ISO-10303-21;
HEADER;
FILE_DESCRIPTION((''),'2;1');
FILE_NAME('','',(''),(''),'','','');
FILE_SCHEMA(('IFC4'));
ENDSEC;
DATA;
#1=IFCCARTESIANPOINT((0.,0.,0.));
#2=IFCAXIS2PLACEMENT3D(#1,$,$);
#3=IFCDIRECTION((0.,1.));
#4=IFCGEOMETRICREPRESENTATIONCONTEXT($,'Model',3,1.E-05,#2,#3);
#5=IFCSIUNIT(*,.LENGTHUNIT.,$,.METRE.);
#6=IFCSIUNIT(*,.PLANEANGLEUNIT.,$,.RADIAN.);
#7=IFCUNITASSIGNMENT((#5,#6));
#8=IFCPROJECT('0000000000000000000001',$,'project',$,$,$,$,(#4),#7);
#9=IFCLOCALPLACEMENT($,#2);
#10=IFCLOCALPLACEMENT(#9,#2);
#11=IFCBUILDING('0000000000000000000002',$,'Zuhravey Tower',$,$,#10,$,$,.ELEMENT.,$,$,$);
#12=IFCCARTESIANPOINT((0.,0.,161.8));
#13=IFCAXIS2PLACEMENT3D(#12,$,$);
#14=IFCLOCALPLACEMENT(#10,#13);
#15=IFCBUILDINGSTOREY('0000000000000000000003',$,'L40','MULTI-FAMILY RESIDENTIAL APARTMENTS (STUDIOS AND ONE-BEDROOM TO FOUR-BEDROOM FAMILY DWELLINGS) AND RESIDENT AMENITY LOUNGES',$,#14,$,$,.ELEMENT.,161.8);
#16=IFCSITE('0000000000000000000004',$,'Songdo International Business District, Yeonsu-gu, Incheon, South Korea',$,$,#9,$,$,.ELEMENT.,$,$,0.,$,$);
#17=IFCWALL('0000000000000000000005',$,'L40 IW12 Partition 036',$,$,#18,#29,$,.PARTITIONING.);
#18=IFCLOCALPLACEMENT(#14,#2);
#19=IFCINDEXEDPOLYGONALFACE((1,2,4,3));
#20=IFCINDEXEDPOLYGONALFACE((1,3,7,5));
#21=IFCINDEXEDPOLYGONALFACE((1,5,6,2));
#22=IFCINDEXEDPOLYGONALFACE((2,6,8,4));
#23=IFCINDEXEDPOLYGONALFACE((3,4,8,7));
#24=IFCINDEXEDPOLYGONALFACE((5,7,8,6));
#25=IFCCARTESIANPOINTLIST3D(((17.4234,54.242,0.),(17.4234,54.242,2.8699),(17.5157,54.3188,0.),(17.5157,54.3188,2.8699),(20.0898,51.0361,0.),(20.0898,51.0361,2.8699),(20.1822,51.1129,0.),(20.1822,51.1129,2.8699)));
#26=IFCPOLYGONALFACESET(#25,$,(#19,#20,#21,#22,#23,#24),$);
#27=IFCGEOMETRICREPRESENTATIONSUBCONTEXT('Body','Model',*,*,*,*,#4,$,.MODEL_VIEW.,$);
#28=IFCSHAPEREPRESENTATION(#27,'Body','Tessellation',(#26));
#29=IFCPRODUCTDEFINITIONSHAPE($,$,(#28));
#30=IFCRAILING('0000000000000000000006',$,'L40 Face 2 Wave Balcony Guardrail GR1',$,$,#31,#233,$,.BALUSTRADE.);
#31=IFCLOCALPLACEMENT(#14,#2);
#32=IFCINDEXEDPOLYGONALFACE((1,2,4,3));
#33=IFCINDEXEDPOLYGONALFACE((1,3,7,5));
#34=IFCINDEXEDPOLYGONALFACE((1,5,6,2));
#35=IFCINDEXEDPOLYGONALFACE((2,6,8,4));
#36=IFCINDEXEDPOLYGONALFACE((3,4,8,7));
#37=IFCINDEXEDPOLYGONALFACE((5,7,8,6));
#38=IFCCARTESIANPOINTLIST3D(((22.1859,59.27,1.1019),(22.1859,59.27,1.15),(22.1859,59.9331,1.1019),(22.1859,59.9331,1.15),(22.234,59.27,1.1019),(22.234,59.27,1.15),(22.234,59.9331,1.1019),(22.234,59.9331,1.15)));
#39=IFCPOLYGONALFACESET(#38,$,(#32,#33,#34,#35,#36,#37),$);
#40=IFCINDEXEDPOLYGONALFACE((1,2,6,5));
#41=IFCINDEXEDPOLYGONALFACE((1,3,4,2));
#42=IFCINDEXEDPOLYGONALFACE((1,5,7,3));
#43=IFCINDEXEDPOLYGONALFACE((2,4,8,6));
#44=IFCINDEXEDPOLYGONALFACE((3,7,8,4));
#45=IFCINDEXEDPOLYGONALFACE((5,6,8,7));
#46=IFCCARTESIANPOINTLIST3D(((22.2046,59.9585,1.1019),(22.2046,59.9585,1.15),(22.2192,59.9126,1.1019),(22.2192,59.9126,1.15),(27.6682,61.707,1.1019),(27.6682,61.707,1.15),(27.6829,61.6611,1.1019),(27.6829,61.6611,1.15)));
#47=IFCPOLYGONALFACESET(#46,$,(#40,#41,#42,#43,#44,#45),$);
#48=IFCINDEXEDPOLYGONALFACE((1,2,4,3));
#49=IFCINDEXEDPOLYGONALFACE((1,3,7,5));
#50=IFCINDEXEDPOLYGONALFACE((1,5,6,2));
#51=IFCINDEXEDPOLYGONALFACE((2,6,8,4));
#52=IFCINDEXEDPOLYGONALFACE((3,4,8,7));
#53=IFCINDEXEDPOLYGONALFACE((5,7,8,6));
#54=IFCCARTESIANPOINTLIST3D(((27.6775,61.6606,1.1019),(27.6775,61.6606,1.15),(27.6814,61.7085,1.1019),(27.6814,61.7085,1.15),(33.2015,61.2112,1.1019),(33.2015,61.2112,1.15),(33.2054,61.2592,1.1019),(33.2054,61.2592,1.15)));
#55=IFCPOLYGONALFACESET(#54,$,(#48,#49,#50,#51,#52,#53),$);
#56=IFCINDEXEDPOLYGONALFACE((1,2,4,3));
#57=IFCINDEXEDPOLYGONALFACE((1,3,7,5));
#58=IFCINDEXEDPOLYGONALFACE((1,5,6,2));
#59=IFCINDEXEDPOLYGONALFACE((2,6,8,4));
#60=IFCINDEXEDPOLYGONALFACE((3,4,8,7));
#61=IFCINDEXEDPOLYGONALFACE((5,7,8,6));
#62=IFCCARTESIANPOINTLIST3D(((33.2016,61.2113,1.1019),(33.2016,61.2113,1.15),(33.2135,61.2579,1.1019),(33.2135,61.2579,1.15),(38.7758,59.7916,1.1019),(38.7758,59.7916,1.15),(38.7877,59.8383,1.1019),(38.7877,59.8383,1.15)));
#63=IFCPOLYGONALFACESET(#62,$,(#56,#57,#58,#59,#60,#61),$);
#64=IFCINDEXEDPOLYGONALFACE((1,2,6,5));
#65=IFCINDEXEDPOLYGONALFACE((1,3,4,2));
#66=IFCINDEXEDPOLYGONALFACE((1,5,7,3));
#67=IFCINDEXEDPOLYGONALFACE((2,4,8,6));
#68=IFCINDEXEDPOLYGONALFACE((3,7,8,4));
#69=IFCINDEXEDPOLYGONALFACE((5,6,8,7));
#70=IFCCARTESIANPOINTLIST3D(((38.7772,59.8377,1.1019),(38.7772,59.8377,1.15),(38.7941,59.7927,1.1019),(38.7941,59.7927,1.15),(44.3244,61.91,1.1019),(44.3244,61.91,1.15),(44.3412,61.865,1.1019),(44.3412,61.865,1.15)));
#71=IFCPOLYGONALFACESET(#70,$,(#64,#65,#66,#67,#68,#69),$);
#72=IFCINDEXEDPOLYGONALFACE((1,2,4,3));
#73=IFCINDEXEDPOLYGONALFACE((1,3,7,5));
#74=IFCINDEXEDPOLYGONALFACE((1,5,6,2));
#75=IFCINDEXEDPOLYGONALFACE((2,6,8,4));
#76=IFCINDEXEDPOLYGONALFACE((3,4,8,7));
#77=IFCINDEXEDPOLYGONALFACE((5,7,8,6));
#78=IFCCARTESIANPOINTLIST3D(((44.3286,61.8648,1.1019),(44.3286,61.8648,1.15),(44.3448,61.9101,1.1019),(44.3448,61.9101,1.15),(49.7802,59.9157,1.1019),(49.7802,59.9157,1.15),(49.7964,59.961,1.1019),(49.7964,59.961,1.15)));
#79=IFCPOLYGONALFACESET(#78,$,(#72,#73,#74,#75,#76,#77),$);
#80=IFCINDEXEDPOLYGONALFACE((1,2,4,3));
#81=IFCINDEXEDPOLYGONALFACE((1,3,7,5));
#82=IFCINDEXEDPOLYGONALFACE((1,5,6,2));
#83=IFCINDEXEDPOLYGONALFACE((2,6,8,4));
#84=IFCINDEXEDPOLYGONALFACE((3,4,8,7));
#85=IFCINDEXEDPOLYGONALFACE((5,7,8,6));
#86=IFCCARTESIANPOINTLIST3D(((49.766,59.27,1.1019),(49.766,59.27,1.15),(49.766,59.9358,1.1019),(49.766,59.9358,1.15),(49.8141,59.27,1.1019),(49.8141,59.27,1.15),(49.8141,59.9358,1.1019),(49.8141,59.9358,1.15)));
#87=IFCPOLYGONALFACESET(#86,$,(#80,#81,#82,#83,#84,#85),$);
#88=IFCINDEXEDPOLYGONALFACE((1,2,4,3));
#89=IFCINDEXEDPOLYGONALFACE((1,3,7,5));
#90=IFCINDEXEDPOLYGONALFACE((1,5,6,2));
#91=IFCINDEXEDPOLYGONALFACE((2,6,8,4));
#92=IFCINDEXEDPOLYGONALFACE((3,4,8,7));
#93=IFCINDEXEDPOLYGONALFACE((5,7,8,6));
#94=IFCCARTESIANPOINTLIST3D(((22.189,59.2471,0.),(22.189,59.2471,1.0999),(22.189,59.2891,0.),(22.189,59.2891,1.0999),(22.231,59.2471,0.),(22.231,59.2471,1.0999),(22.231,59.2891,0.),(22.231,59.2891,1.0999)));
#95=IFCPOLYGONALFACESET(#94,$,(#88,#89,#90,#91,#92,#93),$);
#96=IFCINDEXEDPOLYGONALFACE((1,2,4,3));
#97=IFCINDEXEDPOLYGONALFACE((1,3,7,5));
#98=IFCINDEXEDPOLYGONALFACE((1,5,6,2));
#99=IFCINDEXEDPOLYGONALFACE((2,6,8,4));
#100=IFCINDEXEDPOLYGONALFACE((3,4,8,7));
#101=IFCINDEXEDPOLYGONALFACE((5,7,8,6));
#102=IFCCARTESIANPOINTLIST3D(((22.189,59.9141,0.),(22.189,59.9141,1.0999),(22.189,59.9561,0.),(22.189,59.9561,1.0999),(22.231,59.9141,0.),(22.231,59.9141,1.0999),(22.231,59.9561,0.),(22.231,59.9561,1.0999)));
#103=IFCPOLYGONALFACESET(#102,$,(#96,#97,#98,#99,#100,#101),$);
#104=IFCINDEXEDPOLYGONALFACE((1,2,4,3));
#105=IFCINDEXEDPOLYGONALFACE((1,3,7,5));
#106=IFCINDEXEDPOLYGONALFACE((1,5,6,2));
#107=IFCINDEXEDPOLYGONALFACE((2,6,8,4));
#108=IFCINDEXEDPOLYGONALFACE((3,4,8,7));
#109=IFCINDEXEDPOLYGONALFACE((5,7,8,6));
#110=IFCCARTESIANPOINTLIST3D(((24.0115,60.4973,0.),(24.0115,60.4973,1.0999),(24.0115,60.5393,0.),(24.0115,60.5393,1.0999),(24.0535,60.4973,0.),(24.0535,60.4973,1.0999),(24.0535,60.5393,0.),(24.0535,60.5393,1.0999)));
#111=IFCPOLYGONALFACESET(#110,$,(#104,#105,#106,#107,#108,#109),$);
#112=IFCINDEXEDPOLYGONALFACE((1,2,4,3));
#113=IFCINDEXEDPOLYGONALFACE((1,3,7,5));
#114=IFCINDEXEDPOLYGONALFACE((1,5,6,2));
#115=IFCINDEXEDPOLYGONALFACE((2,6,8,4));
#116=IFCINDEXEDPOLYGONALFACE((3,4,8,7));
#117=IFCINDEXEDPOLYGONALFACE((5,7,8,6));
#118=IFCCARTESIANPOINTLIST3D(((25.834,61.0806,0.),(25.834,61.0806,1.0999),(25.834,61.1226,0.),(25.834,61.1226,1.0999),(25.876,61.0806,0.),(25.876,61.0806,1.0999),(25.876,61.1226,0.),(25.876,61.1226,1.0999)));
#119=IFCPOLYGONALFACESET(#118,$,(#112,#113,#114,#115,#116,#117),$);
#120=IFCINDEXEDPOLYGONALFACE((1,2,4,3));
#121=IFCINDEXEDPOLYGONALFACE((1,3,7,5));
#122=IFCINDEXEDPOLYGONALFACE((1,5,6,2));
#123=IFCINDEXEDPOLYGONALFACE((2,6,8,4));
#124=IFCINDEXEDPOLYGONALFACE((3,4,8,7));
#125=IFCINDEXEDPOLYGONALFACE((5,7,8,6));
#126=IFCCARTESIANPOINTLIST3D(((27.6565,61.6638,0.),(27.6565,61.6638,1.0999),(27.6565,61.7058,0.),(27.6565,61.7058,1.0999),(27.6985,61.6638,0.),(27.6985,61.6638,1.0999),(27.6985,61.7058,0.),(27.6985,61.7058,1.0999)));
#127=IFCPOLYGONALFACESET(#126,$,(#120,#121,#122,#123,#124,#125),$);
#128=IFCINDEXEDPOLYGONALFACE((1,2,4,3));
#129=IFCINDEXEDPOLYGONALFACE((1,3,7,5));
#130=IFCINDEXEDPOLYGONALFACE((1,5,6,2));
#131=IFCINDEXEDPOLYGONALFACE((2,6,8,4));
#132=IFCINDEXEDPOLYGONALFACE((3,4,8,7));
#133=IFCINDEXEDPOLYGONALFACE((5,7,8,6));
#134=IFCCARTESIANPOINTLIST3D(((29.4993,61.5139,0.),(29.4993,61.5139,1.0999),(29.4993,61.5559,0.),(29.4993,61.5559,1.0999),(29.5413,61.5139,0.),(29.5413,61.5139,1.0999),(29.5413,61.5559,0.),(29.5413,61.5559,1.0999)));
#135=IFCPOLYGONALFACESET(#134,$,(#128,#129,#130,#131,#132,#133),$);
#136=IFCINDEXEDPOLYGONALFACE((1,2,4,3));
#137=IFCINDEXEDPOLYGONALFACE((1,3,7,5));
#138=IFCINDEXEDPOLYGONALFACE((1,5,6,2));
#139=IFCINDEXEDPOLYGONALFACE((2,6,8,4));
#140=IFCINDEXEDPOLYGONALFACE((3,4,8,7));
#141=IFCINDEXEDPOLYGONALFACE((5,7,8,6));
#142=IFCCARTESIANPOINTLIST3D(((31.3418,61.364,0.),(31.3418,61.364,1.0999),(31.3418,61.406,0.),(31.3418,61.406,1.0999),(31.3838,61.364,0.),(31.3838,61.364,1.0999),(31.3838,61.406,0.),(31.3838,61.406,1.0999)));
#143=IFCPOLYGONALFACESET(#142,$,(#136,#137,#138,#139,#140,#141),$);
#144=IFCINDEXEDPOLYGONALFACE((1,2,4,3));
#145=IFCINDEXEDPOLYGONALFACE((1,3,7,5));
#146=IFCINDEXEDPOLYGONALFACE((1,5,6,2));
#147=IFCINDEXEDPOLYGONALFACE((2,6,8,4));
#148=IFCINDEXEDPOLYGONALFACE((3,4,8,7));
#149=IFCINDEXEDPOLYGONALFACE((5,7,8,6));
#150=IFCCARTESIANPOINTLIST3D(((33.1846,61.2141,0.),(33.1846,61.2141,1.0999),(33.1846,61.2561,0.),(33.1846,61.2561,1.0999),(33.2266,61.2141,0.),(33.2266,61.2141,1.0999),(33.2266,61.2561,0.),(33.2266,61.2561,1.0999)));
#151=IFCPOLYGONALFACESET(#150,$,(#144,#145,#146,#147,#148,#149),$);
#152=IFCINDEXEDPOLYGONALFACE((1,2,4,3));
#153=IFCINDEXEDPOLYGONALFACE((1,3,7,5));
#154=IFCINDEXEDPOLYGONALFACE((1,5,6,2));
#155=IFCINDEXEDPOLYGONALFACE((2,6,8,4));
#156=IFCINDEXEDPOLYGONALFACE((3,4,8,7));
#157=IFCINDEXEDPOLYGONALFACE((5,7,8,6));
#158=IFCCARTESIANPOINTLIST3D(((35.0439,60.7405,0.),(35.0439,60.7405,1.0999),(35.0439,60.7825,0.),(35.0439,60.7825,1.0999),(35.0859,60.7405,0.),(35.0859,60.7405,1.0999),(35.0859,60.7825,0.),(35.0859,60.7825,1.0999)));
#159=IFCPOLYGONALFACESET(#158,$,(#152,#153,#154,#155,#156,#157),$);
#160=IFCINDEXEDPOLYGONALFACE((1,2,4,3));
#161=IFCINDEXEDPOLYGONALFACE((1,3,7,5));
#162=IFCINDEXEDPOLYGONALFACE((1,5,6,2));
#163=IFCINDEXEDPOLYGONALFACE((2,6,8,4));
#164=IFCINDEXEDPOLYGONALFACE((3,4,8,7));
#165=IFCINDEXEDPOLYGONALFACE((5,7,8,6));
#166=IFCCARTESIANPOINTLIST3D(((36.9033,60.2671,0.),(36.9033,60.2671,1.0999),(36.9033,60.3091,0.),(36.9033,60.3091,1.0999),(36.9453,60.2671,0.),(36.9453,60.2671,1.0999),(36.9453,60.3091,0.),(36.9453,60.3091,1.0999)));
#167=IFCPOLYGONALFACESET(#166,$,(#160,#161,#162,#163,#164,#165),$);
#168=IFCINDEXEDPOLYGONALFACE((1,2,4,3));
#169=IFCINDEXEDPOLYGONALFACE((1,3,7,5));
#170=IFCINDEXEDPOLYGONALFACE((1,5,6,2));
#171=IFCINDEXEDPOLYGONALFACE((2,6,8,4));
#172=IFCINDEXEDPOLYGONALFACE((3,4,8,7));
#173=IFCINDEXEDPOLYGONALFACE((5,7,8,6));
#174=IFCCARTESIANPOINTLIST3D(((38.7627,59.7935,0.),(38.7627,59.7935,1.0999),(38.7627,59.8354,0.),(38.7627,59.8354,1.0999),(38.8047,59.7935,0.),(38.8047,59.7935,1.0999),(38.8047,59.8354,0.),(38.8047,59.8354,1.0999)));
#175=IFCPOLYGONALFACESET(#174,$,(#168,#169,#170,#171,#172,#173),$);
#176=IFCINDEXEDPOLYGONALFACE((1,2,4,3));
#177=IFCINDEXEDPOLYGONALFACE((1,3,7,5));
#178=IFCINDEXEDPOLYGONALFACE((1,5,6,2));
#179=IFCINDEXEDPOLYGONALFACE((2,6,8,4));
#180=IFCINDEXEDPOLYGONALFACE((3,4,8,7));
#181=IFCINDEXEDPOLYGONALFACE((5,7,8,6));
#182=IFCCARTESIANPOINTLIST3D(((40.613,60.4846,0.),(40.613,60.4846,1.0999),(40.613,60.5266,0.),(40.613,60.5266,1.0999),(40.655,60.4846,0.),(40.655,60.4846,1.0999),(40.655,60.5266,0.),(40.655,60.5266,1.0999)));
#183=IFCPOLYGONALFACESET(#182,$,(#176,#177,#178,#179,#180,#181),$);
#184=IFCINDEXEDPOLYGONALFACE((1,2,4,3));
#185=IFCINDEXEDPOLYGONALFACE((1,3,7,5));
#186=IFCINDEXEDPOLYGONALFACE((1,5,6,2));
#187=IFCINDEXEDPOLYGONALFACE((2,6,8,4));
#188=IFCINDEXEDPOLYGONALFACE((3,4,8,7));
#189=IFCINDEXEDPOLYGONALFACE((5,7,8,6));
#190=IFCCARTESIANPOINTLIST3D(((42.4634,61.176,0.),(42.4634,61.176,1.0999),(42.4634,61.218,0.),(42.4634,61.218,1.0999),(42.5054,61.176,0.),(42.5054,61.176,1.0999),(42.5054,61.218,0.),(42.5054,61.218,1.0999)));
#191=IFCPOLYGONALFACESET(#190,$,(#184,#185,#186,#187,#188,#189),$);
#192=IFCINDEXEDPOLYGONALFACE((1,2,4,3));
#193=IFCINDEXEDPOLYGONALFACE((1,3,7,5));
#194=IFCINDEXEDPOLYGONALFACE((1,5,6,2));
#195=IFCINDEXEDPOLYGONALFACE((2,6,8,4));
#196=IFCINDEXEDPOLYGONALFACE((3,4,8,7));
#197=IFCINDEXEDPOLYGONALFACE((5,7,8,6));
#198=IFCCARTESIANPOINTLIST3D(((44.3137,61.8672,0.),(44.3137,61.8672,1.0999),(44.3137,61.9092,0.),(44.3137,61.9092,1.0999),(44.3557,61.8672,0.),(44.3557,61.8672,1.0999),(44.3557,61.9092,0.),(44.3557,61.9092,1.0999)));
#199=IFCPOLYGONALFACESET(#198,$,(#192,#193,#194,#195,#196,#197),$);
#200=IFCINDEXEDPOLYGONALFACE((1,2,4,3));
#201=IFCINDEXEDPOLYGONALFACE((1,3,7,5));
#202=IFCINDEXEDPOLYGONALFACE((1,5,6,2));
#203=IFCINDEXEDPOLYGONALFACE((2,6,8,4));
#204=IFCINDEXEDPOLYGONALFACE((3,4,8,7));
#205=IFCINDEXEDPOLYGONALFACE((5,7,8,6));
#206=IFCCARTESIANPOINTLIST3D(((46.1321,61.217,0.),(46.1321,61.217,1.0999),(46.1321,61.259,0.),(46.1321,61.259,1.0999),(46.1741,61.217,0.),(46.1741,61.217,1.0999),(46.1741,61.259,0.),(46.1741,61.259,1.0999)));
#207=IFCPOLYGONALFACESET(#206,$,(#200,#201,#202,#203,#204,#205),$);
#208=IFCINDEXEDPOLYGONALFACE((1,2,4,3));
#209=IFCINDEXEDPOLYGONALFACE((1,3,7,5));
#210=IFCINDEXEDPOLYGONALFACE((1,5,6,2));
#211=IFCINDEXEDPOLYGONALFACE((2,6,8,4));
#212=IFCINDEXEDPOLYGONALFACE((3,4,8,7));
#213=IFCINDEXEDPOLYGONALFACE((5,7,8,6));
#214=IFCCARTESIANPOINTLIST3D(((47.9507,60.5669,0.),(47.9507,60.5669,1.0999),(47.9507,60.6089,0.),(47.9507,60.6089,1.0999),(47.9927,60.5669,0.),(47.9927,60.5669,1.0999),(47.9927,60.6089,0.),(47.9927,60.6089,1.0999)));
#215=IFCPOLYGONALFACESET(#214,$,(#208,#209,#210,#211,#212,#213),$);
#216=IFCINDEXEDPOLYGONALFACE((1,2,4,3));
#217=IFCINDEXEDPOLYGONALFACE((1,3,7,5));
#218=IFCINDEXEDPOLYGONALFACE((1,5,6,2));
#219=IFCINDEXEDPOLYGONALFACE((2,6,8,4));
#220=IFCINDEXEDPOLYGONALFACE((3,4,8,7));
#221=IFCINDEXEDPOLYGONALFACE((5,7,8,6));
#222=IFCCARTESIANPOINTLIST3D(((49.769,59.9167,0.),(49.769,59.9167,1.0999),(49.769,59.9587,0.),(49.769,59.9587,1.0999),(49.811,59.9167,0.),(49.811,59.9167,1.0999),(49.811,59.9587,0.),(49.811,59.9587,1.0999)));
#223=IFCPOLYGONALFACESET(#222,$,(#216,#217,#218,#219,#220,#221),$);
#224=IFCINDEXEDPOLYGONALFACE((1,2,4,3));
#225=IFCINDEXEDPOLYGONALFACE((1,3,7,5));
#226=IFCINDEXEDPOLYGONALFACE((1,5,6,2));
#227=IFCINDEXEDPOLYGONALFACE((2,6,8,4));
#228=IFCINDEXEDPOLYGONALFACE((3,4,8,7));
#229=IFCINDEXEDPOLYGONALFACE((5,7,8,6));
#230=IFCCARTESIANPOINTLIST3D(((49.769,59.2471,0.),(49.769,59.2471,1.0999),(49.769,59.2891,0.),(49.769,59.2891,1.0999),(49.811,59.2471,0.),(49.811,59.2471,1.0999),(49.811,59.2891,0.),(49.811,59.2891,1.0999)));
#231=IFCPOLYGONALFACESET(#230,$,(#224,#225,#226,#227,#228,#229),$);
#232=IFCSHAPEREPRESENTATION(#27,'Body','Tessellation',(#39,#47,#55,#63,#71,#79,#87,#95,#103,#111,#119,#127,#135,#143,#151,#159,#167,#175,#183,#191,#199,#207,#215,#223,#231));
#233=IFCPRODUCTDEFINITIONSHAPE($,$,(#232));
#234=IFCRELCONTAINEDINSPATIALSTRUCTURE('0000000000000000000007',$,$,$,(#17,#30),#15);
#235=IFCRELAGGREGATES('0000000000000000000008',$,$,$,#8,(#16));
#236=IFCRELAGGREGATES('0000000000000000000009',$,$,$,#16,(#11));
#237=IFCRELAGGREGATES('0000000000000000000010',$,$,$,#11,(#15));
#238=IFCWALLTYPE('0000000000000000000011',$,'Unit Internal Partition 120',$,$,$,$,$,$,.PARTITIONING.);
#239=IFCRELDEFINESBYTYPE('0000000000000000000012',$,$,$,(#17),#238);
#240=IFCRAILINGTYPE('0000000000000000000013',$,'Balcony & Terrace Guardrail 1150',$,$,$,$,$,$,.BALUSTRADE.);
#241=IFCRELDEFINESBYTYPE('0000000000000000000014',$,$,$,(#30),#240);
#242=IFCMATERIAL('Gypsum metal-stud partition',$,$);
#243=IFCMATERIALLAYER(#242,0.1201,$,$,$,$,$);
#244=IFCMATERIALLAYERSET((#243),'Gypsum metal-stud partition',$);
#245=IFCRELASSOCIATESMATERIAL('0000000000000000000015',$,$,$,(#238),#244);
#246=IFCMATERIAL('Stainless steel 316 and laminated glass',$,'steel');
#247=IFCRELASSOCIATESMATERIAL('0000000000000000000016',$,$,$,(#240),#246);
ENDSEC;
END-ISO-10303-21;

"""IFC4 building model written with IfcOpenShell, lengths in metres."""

from ifc_helpers import new_model, si_unit, direction, frame, frame_2d, origin, origin_2d, place, context, subcontext, project, spatial, rectangle, extrude, material, layer, layer_set, type_object, element, save


model = new_model("IFC4")

# Units and contexts
model_context = context("Model", 3, precision=1e-05, world=origin(), true_north=direction((0.0, 1.0)))
body_context = subcontext(model_context, "Body", "Model", "MODEL_VIEW")
ifc_project = project(units=[si_unit("LENGTHUNIT", "METRE"), si_unit("PLANEANGLEUNIT", "RADIAN")], contexts=[model_context])

# Site, building, storey
site_placement = place(None, origin())
site = spatial("IfcSite", under=ifc_project, at=site_placement, Name="Songdo International Business District, Yeonsu-gu, Incheon, South Korea", CompositionType="ELEMENT", RefElevation=0.0)
building_placement = place(site_placement, origin())
building = spatial("IfcBuilding", under=site, at=building_placement, Name="Zuhravey Tower", CompositionType="ELEMENT")
storey_placement = place(building_placement, frame((0.0, 0.0, 161.8)))
storey = spatial("IfcBuildingStorey", under=building, at=storey_placement, Name="L40", Description="MULTI-FAMILY RESIDENTIAL APARTMENTS (STUDIOS AND ONE-BEDROOM TO FOUR-BEDROOM FAMILY DWELLINGS) AND RESIDENT AMENITY LOUNGES", CompositionType="ELEMENT", Elevation=161.8)

# Shared definitions
ifc_material_1 = material(Name="Gypsum metal-stud partition")
ifc_layer_1 = layer(ifc_material_1, 0.1201)
ifc_layer_set_1 = layer_set([ifc_layer_1], Name="Gypsum metal-stud partition")
wall_type_1 = type_object("IfcWallType", Name="Unit Internal Partition 120", PredefinedType="PARTITIONING", material=ifc_layer_set_1)

# Wall
wall_1_placement = place(storey_placement, frame((20.136, 51.0745, 0.0), z_axis=(0.0, 0.0, 1.0), x_axis=(-0.639447, 0.768835, 0.0)))
element("IfcWall", 1, at=wall_1_placement, inside=storey, type_object=wall_type_1, Name="L40 IW12 Partition 036", PredefinedType="PARTITIONING", context=body_context, shape_type="SweptSolid", body=[
    extrude(rectangle(XDim=4.1699, YDim=0.1201, at=frame_2d((2.085, 0.0))), origin(), (0.0, 0.0, 1.0), 2.8699),
])

# Railing
ifc_material_2 = material(Name="Stainless steel 316 and laminated glass", Category="steel")
railing_type = type_object("IfcRailingType", Name="Balcony & Terrace Guardrail 1150", PredefinedType="BALUSTRADE", material=ifc_material_2)
railing_placement = place(storey_placement, frame((22.21, 59.2681, 0.0)))
element("IfcRailing", 2, at=railing_placement, inside=storey, type_object=railing_type, Name="L40 Face 2 Wave Balcony Guardrail GR1", PredefinedType="BALUSTRADE", context=body_context, shape_type="SweptSolid", body=[
    extrude(rectangle(XDim=0.0481, YDim=0.0481, at=origin_2d()), frame((0.0, 0.002, 1.126), z_axis=(0.0, 1.0, 0.0), x_axis=(-1.0, 0.0, 0.0)), (0.0, 0.0, 1.0), 0.6631),
    extrude(rectangle(XDim=0.0481, YDim=0.0481, at=origin_2d()), frame((0.002, 0.6675, 1.126), z_axis=(0.952417, 0.304799, 0.0), x_axis=(-0.304799, 0.952417, 0.0)), (0.0, 0.0, 1.0), 5.7366),
    extrude(rectangle(XDim=0.0481, YDim=0.0481, at=origin_2d()), frame((5.4695, 2.4165, 1.126), z_axis=(0.996707, -0.081082, 0.0), x_axis=(0.081082, 0.996707, 0.0)), (0.0, 0.0, 1.0), 5.5422),
    extrude(rectangle(XDim=0.0481, YDim=0.0481, at=origin_2d()), frame((10.9976, 1.9666, 1.126), z_axis=(0.969065, -0.246805, 0.0), x_axis=(0.246805, 0.969065, 0.0)), (0.0, 0.0, 1.0), 5.7522),
    extrude(rectangle(XDim=0.0481, YDim=0.0481, at=origin_2d()), frame((16.5757, 0.5471, 1.126), z_axis=(0.936767, 0.349954, 0.0), x_axis=(-0.349954, 0.936767, 0.0)), (0.0, 0.0, 1.0), 5.9216),
    extrude(rectangle(XDim=0.0481, YDim=0.0481, at=origin_2d()), frame((22.1267, 2.6194, 1.126), z_axis=(0.941626, -0.336659, 0.0), x_axis=(0.336659, 0.941626, 0.0)), (0.0, 0.0, 1.0), 5.7896),
    extrude(rectangle(XDim=0.0481, YDim=0.0481, at=origin_2d()), frame((27.5801, 0.6677, 1.126), z_axis=(0.0, -1.0, 0.0), x_axis=(1.0, 0.0, 0.0)), (0.0, 0.0, 1.0), 0.6658),
    extrude(rectangle(XDim=0.042, YDim=0.042, at=origin_2d()), origin(), (0.0, 0.0, 1.0), 1.0999),
    extrude(rectangle(XDim=0.042, YDim=0.042, at=origin_2d()), frame((0.0, 0.667, 0.0)), (0.0, 0.0, 1.0), 1.0999),
    extrude(rectangle(XDim=0.042, YDim=0.042, at=origin_2d()), frame((1.8225, 1.2502, 0.0)), (0.0, 0.0, 1.0), 1.0999),
    extrude(rectangle(XDim=0.042, YDim=0.042, at=origin_2d()), frame((3.645, 1.8335, 0.0)), (0.0, 0.0, 1.0), 1.0999),
    extrude(rectangle(XDim=0.042, YDim=0.042, at=origin_2d()), frame((5.4675, 2.4167, 0.0)), (0.0, 0.0, 1.0), 1.0999),
    extrude(rectangle(XDim=0.042, YDim=0.042, at=origin_2d()), frame((7.3103, 2.2668, 0.0)), (0.0, 0.0, 1.0), 1.0999),
    extrude(rectangle(XDim=0.042, YDim=0.042, at=origin_2d()), frame((9.1528, 2.1169, 0.0)), (0.0, 0.0, 1.0), 1.0999),
    extrude(rectangle(XDim=0.042, YDim=0.042, at=origin_2d()), frame((10.9956, 1.967, 0.0)), (0.0, 0.0, 1.0), 1.0999),
    extrude(rectangle(XDim=0.042, YDim=0.042, at=origin_2d()), frame((12.855, 1.4934, 0.0)), (0.0, 0.0, 1.0), 1.0999),
    extrude(rectangle(XDim=0.042, YDim=0.042, at=origin_2d()), frame((14.7144, 1.02, 0.0)), (0.0, 0.0, 1.0), 1.0999),
    extrude(rectangle(XDim=0.042, YDim=0.042, at=origin_2d()), frame((16.5737, 0.5464, 0.0)), (0.0, 0.0, 1.0), 1.0999),
    extrude(rectangle(XDim=0.042, YDim=0.042, at=origin_2d()), frame((18.4241, 1.2375, 0.0)), (0.0, 0.0, 1.0), 1.0999),
    extrude(rectangle(XDim=0.042, YDim=0.042, at=origin_2d()), frame((20.2744, 1.929, 0.0)), (0.0, 0.0, 1.0), 1.0999),
    extrude(rectangle(XDim=0.042, YDim=0.042, at=origin_2d()), frame((22.1248, 2.6201, 0.0)), (0.0, 0.0, 1.0), 1.0999),
    extrude(rectangle(XDim=0.042, YDim=0.042, at=origin_2d()), frame((23.9431, 1.97, 0.0)), (0.0, 0.0, 1.0), 1.0999),
    extrude(rectangle(XDim=0.042, YDim=0.042, at=origin_2d()), frame((25.7617, 1.3198, 0.0)), (0.0, 0.0, 1.0), 1.0999),
    extrude(rectangle(XDim=0.042, YDim=0.042, at=origin_2d()), frame((27.5801, 0.6697, 0.0)), (0.0, 0.0, 1.0), 1.0999),
    extrude(rectangle(XDim=0.042, YDim=0.042, at=origin_2d()), frame((27.5801, 0.0, 0.0)), (0.0, 0.0, 1.0), 1.0999),
])

save(model, "model.ifc")
